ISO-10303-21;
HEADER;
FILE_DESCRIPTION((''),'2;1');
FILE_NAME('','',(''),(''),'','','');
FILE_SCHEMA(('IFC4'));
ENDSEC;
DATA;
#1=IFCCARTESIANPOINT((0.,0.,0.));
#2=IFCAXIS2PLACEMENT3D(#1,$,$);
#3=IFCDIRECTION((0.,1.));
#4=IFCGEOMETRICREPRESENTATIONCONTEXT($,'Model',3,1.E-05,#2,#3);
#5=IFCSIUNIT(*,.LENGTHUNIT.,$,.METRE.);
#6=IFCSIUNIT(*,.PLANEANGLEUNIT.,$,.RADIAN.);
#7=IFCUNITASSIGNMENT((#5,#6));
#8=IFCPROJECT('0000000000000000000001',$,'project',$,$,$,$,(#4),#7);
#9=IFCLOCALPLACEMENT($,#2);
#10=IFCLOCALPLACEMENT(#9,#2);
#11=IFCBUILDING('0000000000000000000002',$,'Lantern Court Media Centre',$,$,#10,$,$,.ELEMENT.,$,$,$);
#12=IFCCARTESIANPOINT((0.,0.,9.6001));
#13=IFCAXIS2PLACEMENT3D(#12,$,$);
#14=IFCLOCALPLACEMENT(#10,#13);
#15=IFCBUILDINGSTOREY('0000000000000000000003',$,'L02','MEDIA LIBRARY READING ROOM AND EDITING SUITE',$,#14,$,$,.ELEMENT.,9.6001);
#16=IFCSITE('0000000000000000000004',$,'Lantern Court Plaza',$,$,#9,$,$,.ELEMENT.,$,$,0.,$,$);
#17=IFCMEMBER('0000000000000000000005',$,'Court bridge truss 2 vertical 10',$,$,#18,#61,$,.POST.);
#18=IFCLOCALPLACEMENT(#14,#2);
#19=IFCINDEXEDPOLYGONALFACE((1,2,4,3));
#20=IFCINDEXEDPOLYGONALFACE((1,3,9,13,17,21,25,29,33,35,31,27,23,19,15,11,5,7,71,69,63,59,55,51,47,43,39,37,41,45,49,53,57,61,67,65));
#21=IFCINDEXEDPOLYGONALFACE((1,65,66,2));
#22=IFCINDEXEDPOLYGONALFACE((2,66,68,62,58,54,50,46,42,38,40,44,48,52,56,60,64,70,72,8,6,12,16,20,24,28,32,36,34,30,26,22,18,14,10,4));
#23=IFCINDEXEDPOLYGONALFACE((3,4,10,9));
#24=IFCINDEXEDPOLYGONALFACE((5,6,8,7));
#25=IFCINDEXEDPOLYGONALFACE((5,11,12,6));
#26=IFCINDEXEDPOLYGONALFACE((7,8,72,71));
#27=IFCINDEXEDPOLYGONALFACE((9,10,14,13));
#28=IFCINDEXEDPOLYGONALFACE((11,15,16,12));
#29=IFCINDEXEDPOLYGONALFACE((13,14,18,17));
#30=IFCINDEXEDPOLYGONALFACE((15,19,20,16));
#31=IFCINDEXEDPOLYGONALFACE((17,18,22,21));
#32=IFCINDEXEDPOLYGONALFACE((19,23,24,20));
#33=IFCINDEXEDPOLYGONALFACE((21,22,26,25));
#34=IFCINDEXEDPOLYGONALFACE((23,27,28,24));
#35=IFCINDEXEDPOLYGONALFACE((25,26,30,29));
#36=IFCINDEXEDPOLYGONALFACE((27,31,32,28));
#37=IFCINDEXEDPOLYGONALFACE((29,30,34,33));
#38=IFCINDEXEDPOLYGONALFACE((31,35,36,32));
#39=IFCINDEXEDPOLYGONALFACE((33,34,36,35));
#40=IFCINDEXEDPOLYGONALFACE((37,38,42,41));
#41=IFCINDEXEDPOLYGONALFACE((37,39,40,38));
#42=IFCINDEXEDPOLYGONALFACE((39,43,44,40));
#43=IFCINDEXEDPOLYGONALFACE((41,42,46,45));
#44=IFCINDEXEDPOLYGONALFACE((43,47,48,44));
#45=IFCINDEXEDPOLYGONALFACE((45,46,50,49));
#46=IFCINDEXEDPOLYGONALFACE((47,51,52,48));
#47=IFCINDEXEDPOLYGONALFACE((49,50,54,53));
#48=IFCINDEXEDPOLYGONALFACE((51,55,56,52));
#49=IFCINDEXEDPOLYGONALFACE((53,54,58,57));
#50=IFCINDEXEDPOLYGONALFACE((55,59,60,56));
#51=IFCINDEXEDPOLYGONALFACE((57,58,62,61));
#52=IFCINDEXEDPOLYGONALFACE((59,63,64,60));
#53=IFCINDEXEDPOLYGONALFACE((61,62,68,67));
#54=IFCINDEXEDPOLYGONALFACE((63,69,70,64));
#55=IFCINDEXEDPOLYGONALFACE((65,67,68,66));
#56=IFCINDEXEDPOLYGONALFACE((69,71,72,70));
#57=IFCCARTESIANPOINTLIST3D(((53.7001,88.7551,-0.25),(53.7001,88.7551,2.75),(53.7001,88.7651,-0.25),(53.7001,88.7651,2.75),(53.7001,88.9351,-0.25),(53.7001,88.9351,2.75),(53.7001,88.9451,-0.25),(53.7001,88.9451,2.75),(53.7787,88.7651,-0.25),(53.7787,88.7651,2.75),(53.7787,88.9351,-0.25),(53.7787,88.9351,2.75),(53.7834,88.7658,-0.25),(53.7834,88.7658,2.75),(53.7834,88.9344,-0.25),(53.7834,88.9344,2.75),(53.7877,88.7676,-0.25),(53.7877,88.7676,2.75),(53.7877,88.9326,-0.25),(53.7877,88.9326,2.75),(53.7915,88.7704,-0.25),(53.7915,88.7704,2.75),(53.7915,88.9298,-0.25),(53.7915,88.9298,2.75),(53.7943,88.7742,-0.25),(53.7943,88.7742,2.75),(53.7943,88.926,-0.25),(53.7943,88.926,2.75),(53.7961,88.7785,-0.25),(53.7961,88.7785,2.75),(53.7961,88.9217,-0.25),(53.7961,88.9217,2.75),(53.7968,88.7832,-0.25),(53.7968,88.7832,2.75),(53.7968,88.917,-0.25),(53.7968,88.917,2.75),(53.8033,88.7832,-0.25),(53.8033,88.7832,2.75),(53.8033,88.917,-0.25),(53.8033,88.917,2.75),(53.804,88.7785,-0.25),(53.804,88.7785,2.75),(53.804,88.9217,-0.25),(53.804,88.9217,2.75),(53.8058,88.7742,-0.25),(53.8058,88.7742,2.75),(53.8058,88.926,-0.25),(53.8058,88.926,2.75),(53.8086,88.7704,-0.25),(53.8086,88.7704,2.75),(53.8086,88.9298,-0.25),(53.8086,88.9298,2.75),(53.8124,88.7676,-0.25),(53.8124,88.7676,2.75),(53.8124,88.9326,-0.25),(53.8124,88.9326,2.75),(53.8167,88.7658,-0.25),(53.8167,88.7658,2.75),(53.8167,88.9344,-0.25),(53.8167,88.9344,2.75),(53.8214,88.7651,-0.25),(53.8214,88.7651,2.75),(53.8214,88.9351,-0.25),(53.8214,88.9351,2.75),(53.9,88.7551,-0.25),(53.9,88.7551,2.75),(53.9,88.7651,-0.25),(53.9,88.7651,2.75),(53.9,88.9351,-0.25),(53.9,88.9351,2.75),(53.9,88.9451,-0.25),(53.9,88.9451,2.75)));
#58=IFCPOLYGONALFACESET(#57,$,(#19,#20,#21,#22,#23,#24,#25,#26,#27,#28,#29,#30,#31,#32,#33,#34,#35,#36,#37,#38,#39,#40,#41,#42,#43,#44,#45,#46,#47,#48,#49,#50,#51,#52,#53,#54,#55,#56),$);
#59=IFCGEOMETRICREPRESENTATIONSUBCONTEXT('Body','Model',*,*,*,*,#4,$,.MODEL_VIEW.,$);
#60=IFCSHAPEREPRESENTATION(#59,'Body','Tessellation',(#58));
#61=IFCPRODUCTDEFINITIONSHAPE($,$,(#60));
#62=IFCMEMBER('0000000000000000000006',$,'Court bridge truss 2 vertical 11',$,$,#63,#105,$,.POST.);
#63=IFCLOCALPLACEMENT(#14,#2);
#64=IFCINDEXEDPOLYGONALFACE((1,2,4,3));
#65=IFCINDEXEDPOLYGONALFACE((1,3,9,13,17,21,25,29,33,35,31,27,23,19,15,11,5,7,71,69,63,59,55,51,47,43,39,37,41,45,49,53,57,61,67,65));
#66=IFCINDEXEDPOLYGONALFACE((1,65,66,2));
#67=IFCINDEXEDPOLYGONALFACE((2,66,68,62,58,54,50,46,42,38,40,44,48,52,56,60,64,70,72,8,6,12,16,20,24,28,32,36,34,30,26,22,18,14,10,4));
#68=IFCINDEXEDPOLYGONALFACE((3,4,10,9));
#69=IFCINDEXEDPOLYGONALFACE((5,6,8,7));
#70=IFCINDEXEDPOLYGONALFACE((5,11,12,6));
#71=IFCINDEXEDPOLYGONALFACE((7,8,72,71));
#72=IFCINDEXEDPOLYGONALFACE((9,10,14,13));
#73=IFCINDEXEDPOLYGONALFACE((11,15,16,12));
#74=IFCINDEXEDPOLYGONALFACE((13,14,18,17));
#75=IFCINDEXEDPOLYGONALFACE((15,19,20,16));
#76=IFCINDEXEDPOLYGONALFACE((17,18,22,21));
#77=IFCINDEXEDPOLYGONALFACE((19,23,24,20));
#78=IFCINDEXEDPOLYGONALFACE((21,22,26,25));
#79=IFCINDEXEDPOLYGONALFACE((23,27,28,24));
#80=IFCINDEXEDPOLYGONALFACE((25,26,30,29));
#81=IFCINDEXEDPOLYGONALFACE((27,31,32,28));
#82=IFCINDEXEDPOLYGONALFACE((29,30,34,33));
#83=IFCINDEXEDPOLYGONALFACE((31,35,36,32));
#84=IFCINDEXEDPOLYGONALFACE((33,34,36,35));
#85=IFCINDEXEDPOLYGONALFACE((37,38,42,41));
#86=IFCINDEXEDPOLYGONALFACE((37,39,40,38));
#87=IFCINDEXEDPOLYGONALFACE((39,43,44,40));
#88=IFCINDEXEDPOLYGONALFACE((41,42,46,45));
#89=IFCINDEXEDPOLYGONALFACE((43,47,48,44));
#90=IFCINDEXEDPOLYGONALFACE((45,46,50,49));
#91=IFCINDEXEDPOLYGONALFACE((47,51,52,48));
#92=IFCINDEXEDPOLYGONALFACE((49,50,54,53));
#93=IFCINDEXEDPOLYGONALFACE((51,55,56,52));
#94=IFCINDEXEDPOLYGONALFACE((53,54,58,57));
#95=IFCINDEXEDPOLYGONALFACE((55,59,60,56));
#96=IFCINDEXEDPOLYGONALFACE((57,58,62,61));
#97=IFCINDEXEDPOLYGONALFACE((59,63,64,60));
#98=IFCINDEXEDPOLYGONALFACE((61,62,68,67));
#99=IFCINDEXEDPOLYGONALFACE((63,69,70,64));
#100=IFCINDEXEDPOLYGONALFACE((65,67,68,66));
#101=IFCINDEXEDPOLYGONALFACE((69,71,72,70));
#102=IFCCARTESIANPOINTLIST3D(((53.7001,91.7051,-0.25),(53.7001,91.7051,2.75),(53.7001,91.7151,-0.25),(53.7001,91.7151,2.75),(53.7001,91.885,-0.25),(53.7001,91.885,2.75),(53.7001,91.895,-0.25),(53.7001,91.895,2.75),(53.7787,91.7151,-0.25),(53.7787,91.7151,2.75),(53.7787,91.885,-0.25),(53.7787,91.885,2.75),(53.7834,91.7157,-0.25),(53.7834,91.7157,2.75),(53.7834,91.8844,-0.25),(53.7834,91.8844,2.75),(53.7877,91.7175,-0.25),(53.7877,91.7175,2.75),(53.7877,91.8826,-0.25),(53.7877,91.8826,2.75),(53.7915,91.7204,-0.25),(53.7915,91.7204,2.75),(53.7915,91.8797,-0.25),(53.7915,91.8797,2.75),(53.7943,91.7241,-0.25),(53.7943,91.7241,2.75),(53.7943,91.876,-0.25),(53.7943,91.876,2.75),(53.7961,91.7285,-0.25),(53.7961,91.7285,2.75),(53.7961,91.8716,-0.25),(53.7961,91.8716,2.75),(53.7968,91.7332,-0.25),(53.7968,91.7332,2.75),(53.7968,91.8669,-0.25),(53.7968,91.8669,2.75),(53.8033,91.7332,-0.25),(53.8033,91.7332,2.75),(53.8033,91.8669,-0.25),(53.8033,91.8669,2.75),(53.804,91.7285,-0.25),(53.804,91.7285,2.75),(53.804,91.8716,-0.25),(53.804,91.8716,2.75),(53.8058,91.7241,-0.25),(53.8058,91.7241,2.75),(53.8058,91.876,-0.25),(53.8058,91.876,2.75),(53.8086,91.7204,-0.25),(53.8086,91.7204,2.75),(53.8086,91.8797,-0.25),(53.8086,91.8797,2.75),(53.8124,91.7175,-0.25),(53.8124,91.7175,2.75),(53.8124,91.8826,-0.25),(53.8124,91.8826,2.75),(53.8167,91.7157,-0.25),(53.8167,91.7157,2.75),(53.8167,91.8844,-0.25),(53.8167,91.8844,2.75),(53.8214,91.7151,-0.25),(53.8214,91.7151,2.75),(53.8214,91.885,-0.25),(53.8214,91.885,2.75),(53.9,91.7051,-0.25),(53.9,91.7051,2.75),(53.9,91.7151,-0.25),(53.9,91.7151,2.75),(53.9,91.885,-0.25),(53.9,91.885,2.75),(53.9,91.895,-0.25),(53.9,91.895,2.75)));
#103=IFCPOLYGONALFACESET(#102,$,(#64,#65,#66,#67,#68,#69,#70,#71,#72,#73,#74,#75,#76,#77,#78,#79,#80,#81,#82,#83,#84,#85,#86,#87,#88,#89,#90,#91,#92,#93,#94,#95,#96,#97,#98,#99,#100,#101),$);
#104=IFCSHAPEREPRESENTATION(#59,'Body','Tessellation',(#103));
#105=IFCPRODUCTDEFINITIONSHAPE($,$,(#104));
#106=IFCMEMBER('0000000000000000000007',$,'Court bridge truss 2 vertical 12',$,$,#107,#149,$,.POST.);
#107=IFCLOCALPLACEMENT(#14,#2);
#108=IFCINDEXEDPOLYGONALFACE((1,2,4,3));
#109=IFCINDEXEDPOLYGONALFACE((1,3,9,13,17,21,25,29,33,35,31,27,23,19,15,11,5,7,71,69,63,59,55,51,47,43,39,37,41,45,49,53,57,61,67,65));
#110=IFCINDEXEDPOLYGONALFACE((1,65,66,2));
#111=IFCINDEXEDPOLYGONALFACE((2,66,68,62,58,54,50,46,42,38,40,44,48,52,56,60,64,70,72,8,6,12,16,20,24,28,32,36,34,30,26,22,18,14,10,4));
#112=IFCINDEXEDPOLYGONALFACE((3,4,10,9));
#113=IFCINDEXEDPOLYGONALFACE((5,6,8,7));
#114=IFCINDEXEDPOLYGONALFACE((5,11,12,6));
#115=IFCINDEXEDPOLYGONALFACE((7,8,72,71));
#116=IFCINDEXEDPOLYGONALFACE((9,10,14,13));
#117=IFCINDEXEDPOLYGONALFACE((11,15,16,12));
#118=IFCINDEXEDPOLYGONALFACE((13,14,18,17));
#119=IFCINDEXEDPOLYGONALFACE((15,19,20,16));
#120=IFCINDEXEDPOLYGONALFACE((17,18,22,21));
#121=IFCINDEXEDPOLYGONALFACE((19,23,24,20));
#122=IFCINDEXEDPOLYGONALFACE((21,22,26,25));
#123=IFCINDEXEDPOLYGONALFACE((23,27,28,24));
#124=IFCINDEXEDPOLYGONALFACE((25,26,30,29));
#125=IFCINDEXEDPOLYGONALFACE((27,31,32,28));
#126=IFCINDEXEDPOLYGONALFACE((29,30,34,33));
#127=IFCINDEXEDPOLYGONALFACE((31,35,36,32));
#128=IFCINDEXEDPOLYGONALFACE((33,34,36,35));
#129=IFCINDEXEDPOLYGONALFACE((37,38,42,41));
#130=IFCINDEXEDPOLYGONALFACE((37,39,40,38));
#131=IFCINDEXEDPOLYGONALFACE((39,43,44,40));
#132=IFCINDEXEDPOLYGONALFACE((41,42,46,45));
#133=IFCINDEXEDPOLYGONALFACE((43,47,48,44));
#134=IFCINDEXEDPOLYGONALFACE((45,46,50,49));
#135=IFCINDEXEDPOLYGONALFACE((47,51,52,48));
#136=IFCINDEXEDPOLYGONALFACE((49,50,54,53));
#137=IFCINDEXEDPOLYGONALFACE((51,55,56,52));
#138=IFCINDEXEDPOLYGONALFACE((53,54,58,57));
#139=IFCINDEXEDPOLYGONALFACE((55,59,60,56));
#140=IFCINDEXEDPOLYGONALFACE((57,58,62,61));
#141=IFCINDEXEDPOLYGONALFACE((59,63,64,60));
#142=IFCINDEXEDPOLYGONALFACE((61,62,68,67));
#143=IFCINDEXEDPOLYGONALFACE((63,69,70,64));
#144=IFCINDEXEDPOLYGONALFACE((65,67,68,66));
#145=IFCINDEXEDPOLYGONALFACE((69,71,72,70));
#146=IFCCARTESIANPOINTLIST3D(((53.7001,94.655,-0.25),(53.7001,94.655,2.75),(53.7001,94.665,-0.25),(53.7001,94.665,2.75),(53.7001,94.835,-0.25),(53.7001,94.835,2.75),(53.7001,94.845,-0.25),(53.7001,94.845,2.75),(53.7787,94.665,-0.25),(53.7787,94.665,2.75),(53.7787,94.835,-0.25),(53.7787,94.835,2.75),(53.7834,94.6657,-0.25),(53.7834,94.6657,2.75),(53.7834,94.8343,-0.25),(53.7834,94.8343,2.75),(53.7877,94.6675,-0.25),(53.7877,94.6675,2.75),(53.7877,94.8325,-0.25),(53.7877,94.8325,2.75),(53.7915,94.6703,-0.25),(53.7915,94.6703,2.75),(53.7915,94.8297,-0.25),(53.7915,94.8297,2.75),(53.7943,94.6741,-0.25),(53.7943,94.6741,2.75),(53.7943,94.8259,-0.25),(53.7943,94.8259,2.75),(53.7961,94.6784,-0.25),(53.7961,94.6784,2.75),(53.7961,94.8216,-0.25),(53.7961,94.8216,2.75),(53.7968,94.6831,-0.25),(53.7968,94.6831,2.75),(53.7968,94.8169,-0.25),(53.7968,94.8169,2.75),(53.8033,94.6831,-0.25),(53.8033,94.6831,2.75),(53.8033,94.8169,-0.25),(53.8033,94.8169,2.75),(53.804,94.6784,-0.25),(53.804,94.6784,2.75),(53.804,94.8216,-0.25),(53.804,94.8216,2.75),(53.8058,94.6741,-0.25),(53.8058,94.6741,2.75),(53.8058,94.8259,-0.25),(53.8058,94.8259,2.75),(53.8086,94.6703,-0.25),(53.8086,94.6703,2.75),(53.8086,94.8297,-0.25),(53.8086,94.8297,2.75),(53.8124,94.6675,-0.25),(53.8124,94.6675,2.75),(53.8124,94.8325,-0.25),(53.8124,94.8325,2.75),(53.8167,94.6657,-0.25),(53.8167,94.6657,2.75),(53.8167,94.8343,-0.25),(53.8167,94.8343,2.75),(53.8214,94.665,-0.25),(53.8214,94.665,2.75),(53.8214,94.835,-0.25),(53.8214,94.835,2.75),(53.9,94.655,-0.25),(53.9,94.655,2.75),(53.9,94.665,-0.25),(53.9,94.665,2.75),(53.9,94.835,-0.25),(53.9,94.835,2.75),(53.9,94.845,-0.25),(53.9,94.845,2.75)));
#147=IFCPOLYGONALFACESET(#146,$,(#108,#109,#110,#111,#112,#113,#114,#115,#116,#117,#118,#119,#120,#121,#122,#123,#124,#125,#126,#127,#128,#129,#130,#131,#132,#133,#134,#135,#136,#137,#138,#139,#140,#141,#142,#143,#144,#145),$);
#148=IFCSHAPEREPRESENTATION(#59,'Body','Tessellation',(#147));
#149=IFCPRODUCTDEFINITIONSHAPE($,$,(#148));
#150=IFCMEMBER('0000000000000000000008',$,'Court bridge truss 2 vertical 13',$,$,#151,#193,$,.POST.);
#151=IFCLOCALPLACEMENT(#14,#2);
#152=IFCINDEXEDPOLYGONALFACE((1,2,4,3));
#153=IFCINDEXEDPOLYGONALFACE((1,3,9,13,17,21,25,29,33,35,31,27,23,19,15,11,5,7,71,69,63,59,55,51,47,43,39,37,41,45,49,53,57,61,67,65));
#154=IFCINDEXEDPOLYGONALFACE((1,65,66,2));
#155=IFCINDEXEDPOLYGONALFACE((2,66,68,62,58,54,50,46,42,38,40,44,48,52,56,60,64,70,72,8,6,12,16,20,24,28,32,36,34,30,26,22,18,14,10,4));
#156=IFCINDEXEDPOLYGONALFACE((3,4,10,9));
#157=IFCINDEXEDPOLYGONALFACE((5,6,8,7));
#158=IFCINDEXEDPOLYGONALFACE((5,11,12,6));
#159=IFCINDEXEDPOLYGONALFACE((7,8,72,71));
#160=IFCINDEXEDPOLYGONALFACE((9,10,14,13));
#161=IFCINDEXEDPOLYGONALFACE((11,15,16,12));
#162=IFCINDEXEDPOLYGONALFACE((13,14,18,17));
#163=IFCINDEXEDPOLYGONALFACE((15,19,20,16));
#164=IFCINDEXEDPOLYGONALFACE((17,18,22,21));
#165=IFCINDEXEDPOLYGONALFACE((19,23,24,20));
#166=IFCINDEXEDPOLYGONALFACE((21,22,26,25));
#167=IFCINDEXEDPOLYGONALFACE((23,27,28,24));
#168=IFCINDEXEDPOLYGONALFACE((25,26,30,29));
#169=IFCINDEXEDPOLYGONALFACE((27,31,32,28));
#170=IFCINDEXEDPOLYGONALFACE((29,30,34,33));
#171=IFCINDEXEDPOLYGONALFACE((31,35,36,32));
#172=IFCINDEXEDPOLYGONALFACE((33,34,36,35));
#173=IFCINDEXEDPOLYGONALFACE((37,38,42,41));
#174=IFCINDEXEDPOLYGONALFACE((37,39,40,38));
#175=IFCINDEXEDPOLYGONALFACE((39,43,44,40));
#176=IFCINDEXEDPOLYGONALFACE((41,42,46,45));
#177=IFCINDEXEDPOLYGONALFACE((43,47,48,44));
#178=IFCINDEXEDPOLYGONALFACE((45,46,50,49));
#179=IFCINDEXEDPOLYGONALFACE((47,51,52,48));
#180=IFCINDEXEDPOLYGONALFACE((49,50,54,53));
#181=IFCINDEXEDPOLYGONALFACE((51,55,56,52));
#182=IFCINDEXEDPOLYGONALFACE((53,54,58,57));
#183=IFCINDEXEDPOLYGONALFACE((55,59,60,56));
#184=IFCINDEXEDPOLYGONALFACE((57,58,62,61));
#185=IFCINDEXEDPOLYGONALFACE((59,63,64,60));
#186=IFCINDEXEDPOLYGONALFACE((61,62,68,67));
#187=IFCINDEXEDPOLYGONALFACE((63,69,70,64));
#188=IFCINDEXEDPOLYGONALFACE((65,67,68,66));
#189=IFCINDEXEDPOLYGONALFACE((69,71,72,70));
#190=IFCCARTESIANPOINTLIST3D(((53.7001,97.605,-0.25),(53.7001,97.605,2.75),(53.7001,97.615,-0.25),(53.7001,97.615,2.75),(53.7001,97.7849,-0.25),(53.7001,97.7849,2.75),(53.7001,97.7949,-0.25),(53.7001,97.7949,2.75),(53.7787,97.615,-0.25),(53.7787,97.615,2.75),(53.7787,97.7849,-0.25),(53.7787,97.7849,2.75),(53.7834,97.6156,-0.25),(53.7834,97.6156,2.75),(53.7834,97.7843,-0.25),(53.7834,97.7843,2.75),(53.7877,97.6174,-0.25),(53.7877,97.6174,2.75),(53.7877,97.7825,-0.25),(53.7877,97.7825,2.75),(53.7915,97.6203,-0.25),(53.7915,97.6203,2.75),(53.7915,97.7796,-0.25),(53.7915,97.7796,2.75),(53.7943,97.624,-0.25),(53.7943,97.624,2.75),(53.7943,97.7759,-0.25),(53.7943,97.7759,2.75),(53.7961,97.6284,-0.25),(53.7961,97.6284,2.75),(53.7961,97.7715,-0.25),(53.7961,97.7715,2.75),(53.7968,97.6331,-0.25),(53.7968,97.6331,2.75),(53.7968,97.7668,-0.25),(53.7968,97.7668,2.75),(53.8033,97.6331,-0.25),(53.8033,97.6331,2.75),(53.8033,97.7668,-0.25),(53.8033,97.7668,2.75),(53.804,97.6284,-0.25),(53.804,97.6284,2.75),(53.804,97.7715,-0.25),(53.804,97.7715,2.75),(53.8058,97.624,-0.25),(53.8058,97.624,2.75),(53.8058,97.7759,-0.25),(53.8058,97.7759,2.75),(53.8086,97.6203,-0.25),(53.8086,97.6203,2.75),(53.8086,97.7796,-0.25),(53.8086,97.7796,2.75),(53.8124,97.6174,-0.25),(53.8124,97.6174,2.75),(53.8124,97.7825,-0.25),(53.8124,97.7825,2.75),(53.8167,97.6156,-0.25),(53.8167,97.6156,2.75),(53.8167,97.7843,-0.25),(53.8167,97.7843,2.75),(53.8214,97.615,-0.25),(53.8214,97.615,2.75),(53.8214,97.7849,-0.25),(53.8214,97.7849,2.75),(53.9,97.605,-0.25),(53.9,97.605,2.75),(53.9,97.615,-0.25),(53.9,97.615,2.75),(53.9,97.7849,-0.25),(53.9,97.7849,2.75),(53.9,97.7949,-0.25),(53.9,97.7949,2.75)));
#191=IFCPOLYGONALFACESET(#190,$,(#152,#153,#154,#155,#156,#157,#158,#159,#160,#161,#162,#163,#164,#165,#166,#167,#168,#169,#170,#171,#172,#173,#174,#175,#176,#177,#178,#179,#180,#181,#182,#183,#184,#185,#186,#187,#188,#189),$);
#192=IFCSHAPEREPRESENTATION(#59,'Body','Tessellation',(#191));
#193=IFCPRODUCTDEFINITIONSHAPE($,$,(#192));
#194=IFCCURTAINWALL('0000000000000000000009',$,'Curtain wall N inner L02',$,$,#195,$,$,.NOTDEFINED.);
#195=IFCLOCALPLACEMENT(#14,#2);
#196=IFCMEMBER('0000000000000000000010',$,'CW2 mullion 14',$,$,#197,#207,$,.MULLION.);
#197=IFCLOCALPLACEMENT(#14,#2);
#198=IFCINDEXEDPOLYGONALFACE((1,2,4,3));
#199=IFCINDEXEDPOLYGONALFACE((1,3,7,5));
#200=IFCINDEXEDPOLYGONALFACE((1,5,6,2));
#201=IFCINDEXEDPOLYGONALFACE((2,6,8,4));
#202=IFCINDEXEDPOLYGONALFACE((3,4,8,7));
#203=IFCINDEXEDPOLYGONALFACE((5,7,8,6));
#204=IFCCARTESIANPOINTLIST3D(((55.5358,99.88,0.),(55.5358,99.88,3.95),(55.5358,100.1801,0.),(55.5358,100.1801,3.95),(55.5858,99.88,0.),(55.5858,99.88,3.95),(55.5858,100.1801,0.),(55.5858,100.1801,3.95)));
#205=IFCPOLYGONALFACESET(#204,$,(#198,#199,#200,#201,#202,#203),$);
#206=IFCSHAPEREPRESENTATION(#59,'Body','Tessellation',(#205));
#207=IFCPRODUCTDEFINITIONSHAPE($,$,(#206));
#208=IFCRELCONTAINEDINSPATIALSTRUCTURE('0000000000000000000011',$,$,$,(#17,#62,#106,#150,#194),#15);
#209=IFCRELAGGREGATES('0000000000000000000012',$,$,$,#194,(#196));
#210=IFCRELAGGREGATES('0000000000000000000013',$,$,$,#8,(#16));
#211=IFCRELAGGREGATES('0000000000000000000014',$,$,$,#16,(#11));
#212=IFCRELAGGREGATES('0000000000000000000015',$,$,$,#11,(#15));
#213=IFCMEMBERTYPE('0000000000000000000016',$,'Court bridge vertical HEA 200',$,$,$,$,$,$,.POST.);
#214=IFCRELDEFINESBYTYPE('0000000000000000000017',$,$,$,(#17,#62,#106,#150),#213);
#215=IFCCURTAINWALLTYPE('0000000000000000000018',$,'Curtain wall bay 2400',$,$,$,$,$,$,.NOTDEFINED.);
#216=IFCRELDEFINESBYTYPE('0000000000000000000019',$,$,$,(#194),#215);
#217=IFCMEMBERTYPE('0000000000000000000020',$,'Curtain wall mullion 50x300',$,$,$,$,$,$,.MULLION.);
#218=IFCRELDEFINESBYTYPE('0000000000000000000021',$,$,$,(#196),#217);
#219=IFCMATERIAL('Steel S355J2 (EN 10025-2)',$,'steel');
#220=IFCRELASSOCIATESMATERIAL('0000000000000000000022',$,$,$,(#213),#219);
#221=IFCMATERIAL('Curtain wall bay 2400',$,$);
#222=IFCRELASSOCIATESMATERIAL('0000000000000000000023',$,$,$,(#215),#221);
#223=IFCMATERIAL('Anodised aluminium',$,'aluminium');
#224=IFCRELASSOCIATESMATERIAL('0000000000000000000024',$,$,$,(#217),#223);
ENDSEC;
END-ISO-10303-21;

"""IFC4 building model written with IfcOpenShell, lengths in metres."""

from ifc_helpers import new_model, si_unit, direction, frame, origin, origin_2d, place, context, subcontext, project, spatial, rectangle, i_section, extrude, material, material_profile, profile_set, type_object, element, aggregate, save


model = new_model("IFC4")

# Units and contexts
model_context = context("Model", 3, precision=1e-05, world=origin(), true_north=direction((0.0, 1.0)))
body_context = subcontext(model_context, "Body", "Model", "MODEL_VIEW")
ifc_project = project(units=[si_unit("LENGTHUNIT", "METRE"), si_unit("PLANEANGLEUNIT", "RADIAN")], contexts=[model_context])

# Site, building, storey
site_placement = place(None, origin())
site = spatial("IfcSite", under=ifc_project, at=site_placement, Name="Lantern Court Plaza", CompositionType="ELEMENT", RefElevation=0.0)
building_placement = place(site_placement, origin())
building = spatial("IfcBuilding", under=site, at=building_placement, Name="Lantern Court Media Centre", CompositionType="ELEMENT")
storey_placement = place(building_placement, frame((0.0, 0.0, 9.6001)))
storey = spatial("IfcBuildingStorey", under=building, at=storey_placement, Name="L02", Description="MEDIA LIBRARY READING ROOM AND EDITING SUITE", CompositionType="ELEMENT", Elevation=9.6001)

# Shared definitions
ifc_material_1 = material(Name="Steel S355J2 (EN 10025-2)", Category="steel")

# Members
ifc_material_profile_1 = material_profile(ifc_material_1, i_section(OverallWidth=0.2, OverallDepth=0.1899, WebThickness=0.0066, FlangeThickness=0.01, FilletRadius=0.0181, at=origin_2d()), Name="HEA 200")
ifc_profile_set_1 = profile_set([ifc_material_profile_1], Name="Steel S355J2 (EN 10025-2)")
member_type_1 = type_object("IfcMemberType", Name="Court bridge vertical HEA 200", PredefinedType="POST", material=ifc_profile_set_1)
for number, where, z_axis, x_axis, name in (
    (1, (53.8, 88.8501, -0.25), (0.0, 0.0, 1.0), (1.0, 0.0, 0.0), "Court bridge truss 2 vertical 10"),
    (2, (53.8, 91.8, -0.25), (0.0, 0.0, 1.0), (1.0, 0.0, 0.0), "Court bridge truss 2 vertical 11"),
    (3, (53.8, 94.75, -0.25), (0.0, 0.0, 1.0), (1.0, 0.0, 0.0), "Court bridge truss 2 vertical 12"),
    (4, (53.8, 97.7, -0.25), (0.0, 0.0, 1.0), (1.0, 0.0, 0.0), "Court bridge truss 2 vertical 13"),
):
    element("IfcMember", number, at=place(storey_placement, frame(where, z_axis=z_axis, x_axis=x_axis)), inside=storey, type_object=member_type_1, Name=name, PredefinedType="POST", context=body_context, shape_type="SweptSolid", body=[
        extrude(i_section(OverallWidth=0.2, OverallDepth=0.1899, WebThickness=0.0066, FlangeThickness=0.01, FilletRadius=0.0181, at=origin_2d()), origin(), (0.0, 0.0, 1.0), 3.0),
    ])

# Curtain wall, member
ifc_material_2 = material(Name="Curtain wall bay 2400")
curtain_wall_type = type_object("IfcCurtainWallType", Name="Curtain wall bay 2400", PredefinedType="NOTDEFINED", material=ifc_material_2)
curtain_wall_placement = place(storey_placement, origin())
curtain_wall = element("IfcCurtainWall", 5, at=curtain_wall_placement, inside=storey, type_object=curtain_wall_type, Name="Curtain wall N inner L02", PredefinedType="NOTDEFINED")
ifc_material_3 = material(Name="Anodised aluminium", Category="aluminium")
ifc_material_profile_2 = material_profile(ifc_material_3, rectangle(XDim=0.3, YDim=0.05, at=origin_2d()), Name="AL 50x300")
ifc_profile_set_2 = profile_set([ifc_material_profile_2], Name="Anodised aluminium")
member_type_2 = type_object("IfcMemberType", Name="Curtain wall mullion 50x300", PredefinedType="MULLION", material=ifc_profile_set_2)
member_1_placement = place(storey_placement, frame((55.5608, 100.03, 0.0), z_axis=(0.0, 0.0, 1.0), x_axis=(0.0, 1.0, 0.0)))
member_1 = element("IfcMember", 6, at=member_1_placement, type_object=member_type_2, Name="CW2 mullion 14", PredefinedType="MULLION", context=body_context, shape_type="SweptSolid", body=[
    extrude(rectangle(XDim=0.3, YDim=0.05, at=origin_2d()), origin(), (0.0, 0.0, 1.0), 3.95),
])
aggregate(curtain_wall, [member_1])

save(model, "model.ifc")
